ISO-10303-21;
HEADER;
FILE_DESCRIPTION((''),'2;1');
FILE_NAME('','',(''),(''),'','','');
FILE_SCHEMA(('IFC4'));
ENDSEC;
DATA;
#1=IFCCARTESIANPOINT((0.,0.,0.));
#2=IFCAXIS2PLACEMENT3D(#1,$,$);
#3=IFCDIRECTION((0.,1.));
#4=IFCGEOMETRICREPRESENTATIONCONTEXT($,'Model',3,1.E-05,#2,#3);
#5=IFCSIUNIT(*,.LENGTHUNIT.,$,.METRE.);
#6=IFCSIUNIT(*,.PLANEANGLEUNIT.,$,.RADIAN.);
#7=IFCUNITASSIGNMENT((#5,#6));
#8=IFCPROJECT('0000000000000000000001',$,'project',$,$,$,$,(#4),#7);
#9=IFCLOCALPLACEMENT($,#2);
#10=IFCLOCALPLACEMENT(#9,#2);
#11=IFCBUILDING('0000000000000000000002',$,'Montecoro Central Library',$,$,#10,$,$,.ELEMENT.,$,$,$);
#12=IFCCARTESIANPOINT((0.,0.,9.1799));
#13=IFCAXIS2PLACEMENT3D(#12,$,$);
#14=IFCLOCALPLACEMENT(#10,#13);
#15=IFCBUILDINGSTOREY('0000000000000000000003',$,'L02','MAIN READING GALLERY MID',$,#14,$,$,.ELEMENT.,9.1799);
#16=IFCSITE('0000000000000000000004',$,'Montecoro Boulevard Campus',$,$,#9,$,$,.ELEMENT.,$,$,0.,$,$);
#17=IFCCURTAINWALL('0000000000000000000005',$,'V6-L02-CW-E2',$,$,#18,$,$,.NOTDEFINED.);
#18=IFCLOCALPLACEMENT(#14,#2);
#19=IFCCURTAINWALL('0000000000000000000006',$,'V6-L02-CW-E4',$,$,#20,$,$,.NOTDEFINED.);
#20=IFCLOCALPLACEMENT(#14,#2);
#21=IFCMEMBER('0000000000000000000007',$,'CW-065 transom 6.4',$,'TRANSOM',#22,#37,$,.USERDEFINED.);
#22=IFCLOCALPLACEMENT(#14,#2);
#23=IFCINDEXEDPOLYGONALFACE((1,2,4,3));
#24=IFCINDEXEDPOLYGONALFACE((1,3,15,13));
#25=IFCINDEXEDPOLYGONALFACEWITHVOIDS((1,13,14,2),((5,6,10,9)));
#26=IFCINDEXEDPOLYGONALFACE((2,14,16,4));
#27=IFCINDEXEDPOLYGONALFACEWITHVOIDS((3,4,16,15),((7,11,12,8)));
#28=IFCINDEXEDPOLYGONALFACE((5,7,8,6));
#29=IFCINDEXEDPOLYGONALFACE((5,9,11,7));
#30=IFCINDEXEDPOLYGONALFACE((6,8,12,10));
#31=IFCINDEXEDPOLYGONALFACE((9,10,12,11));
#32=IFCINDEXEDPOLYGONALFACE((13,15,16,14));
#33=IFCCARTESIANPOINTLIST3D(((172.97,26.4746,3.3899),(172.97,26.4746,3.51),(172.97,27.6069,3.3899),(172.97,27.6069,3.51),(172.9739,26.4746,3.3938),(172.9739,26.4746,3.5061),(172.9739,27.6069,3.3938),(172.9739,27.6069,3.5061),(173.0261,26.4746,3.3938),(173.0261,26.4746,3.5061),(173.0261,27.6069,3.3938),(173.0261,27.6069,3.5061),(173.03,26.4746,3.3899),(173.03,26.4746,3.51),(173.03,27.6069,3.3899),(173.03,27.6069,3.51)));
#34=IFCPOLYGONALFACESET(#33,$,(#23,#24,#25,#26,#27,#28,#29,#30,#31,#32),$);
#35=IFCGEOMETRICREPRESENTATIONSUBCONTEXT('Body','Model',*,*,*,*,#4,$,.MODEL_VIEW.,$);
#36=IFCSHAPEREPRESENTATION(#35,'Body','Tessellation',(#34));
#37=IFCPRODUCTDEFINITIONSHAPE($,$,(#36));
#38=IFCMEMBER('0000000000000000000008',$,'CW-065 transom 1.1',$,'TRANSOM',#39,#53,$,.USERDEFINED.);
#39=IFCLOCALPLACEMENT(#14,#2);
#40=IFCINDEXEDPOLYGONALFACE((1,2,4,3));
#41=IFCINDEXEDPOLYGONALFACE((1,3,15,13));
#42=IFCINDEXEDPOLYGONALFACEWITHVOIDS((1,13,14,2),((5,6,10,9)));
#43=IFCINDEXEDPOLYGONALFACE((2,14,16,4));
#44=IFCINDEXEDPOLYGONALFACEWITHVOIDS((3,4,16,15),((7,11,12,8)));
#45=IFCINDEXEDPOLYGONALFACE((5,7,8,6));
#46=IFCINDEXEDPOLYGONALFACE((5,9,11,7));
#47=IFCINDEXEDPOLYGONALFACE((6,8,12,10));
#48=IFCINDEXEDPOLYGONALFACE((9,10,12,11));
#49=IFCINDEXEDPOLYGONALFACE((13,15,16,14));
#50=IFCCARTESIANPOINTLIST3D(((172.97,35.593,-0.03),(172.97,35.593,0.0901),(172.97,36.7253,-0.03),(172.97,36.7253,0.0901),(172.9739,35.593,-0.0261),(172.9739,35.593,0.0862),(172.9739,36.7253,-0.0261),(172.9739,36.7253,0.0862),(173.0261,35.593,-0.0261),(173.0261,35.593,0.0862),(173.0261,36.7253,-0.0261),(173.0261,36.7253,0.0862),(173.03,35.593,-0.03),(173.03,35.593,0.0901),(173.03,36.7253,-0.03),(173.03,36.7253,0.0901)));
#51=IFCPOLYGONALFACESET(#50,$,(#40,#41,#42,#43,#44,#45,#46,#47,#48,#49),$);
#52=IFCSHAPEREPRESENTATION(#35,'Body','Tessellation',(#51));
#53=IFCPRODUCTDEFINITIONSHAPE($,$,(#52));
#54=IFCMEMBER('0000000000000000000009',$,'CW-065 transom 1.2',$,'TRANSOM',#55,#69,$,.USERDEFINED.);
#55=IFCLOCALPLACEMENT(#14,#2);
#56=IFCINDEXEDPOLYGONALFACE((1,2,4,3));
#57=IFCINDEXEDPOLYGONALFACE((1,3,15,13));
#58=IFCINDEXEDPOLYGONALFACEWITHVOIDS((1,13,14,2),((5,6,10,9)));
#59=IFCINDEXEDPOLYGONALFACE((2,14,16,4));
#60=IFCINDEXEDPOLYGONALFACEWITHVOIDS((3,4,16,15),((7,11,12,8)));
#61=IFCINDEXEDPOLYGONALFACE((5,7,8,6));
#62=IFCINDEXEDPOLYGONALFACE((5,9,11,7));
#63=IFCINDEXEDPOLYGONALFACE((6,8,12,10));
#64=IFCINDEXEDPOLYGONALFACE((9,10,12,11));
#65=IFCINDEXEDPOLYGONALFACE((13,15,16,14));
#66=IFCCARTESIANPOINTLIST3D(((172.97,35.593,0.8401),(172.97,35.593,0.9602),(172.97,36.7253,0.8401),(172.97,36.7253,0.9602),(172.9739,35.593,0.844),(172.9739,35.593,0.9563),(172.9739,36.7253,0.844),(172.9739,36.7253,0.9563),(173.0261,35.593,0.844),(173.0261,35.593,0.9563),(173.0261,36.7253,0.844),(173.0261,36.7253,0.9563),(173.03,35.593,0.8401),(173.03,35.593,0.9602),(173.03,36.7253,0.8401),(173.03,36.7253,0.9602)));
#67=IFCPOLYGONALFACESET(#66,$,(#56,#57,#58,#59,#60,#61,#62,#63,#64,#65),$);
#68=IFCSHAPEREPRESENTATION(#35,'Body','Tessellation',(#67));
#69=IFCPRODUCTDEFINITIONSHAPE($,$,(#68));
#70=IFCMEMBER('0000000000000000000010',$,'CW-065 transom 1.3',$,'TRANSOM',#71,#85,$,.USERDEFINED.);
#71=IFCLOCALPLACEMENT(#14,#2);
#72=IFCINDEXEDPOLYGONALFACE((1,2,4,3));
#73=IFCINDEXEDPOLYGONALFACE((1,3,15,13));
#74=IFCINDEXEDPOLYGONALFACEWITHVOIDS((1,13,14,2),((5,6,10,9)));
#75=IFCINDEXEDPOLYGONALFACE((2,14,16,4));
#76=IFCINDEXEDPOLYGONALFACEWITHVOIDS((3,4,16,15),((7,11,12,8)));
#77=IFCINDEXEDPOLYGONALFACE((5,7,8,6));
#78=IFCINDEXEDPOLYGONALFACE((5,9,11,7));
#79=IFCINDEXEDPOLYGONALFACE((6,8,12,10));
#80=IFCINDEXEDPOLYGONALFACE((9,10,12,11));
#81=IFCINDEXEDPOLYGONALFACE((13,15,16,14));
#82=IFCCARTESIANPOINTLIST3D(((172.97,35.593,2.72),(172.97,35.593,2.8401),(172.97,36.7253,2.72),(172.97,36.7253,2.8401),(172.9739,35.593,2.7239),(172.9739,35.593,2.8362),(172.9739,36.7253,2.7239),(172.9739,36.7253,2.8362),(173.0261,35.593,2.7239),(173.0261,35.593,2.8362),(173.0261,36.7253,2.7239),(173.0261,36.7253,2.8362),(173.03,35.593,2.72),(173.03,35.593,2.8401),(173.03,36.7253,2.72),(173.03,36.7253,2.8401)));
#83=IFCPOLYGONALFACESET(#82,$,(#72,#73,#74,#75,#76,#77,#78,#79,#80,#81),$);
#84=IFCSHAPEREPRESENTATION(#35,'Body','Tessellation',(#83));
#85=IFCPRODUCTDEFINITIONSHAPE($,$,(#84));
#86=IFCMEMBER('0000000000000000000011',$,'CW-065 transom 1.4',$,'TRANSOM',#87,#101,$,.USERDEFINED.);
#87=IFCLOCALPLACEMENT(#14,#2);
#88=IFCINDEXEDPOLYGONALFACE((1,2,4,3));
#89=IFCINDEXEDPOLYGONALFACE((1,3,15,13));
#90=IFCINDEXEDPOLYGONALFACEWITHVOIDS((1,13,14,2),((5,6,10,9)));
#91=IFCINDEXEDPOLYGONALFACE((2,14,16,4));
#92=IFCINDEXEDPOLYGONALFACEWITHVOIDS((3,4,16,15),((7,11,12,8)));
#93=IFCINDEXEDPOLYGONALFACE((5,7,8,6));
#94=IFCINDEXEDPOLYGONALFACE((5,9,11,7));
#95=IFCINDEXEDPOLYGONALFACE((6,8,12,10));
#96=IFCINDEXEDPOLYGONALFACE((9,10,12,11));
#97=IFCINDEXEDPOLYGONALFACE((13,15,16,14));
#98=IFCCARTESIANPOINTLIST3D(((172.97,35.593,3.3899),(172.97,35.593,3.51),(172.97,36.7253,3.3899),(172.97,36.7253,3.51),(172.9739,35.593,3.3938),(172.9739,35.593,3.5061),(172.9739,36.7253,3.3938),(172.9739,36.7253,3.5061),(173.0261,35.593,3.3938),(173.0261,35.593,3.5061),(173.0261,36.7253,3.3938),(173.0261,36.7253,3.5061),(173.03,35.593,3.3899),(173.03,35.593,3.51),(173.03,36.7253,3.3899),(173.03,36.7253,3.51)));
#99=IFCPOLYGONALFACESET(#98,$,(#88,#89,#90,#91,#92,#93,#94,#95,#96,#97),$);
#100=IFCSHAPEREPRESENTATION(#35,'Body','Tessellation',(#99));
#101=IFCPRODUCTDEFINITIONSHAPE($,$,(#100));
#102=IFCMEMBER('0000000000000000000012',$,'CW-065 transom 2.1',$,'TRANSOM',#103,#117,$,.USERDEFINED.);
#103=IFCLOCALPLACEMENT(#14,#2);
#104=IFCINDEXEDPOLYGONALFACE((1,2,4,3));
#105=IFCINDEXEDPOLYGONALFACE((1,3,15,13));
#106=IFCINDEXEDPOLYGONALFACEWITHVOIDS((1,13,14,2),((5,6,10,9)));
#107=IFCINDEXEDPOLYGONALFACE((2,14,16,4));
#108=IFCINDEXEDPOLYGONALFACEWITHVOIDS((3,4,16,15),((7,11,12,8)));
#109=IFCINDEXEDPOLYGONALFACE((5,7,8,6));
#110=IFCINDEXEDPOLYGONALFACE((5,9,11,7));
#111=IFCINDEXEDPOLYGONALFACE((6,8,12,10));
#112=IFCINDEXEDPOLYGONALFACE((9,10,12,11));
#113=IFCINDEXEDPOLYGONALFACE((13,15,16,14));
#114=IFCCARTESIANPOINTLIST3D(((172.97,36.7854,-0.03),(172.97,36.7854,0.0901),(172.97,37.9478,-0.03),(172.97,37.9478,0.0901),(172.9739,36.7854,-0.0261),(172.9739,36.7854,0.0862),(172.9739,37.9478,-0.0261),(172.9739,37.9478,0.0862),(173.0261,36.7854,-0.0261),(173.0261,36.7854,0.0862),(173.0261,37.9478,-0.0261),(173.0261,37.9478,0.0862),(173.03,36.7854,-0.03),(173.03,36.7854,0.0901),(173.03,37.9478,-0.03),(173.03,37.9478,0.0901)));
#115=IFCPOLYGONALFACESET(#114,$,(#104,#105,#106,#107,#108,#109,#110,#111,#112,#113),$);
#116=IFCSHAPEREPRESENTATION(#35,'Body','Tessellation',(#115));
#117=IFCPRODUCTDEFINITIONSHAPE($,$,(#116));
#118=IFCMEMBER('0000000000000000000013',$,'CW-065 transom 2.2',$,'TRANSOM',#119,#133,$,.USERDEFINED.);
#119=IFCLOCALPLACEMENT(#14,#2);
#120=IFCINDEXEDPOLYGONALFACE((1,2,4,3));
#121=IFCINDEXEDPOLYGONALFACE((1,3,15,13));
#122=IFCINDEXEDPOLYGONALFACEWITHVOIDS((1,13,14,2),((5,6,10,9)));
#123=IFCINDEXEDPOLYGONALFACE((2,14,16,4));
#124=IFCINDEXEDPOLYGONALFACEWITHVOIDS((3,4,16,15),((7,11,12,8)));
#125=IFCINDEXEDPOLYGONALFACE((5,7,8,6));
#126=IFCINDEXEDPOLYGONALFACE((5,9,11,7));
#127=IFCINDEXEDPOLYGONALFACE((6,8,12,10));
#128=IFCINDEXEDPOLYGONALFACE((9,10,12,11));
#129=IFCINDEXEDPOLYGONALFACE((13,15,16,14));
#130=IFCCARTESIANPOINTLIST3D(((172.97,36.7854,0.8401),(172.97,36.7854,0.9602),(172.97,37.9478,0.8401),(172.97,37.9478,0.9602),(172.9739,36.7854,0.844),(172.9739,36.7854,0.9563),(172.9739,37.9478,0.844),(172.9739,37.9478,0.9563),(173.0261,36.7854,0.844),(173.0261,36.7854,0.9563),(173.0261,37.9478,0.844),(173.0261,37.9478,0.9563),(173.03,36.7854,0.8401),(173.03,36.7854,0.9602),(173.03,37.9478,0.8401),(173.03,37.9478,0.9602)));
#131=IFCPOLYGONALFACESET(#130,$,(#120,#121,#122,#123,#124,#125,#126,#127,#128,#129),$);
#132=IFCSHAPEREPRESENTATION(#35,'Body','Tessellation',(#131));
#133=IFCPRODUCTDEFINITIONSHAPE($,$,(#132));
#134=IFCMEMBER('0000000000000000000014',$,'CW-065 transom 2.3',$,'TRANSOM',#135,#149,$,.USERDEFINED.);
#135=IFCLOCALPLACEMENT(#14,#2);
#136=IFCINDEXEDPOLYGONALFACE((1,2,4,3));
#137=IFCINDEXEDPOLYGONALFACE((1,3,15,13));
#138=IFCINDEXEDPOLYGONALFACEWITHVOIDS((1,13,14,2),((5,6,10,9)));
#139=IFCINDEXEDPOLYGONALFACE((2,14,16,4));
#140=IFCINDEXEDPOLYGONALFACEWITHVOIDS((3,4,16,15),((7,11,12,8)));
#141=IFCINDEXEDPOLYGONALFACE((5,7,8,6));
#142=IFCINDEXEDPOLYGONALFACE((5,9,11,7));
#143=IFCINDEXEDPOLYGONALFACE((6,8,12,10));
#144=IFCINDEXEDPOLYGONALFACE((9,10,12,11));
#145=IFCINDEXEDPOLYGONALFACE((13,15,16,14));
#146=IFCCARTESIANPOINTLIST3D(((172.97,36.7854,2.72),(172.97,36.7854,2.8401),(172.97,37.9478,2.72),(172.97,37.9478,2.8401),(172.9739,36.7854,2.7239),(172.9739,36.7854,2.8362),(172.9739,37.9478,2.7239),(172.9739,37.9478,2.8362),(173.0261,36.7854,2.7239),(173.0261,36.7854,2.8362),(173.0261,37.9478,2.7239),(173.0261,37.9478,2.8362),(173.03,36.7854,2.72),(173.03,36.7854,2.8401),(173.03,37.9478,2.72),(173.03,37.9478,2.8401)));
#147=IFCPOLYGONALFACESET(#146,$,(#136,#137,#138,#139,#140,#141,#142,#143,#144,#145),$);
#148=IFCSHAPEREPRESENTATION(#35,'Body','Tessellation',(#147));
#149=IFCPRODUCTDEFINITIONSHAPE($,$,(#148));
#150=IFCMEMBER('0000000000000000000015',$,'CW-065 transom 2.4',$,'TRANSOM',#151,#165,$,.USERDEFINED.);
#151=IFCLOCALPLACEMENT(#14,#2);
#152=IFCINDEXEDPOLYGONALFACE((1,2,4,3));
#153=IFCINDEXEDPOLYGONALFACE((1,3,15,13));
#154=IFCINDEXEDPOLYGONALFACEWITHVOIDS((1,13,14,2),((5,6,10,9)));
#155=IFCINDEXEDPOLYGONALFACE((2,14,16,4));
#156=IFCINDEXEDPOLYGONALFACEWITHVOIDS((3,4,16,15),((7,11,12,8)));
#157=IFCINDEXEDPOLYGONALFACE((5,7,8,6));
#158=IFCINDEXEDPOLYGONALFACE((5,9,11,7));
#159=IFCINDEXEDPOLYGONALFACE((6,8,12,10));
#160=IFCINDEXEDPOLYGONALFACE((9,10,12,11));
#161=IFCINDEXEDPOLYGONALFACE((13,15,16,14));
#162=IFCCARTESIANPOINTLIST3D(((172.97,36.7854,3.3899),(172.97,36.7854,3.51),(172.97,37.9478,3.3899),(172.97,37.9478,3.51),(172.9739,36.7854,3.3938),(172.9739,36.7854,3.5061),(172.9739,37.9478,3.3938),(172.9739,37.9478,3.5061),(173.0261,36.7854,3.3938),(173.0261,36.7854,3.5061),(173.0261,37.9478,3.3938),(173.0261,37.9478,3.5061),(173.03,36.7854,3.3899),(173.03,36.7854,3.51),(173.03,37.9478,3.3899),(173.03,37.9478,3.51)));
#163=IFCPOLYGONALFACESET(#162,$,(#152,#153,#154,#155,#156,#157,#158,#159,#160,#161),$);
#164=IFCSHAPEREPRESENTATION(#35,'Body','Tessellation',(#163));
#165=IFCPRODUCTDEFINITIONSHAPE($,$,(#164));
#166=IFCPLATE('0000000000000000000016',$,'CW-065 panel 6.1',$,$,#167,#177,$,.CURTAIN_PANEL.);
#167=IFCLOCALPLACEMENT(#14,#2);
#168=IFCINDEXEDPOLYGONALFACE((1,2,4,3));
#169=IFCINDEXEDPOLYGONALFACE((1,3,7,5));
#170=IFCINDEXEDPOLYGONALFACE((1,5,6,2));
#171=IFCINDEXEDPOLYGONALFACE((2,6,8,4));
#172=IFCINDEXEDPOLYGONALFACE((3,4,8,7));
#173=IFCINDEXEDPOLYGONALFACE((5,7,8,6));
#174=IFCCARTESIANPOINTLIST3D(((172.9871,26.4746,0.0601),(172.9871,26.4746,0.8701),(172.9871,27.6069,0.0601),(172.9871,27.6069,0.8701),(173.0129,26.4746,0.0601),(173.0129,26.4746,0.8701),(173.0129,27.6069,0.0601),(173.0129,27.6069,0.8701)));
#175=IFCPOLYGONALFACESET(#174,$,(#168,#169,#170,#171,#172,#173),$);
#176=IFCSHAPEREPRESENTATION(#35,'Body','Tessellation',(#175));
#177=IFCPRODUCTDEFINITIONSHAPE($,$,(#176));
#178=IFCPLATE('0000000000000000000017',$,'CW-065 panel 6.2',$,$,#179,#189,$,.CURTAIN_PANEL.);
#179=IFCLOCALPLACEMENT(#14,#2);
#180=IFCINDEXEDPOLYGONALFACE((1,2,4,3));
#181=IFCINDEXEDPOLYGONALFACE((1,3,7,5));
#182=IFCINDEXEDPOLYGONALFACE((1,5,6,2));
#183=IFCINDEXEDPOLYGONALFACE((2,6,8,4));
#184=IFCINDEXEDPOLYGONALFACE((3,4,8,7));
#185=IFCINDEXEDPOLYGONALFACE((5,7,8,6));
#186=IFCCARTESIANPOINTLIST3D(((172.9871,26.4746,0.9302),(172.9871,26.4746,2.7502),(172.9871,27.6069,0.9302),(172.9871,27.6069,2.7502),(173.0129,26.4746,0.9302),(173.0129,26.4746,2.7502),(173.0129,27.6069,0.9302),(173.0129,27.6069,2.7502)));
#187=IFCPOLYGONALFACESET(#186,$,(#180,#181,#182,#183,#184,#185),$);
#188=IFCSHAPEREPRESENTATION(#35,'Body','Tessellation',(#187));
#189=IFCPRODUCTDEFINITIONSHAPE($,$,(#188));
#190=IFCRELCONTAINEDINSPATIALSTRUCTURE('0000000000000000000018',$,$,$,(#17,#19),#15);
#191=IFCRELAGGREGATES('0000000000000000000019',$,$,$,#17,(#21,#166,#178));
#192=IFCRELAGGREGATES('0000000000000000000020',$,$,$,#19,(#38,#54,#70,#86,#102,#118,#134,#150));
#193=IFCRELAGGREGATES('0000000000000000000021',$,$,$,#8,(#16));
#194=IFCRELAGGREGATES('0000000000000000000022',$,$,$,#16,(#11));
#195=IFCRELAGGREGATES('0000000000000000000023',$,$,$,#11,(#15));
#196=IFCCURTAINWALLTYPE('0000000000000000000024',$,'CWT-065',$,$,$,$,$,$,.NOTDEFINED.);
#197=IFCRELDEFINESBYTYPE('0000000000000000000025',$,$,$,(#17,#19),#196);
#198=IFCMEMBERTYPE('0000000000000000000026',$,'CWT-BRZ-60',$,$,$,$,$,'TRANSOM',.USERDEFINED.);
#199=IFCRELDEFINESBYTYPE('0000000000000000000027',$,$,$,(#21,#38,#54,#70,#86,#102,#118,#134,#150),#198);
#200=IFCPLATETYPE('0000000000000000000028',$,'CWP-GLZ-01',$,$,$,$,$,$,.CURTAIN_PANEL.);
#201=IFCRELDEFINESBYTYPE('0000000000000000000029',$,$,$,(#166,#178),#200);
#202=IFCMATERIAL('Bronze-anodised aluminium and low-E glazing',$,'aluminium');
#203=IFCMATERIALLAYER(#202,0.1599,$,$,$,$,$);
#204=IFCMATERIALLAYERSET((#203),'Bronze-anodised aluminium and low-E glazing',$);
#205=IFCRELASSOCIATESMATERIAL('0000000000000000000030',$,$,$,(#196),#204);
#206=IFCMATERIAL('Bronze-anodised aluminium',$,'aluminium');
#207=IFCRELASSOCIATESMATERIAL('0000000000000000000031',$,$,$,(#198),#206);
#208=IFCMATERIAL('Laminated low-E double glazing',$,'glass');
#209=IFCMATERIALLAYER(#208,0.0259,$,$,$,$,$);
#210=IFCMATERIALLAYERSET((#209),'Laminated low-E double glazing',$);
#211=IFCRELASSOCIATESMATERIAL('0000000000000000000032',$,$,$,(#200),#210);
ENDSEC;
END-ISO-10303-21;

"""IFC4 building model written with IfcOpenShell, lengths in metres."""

from ifc_helpers import new_model, si_unit, direction, frame, origin, origin_2d, place, context, subcontext, project, spatial, rectangle, hollow_rectangle, extrude, material, layer, layer_set, material_profile, profile_set, type_object, element, aggregate, save


model = new_model("IFC4")

# Units and contexts
model_context = context("Model", 3, precision=1e-05, world=origin(), true_north=direction((0.0, 1.0)))
body_context = subcontext(model_context, "Body", "Model", "MODEL_VIEW")
ifc_project = project(units=[si_unit("LENGTHUNIT", "METRE"), si_unit("PLANEANGLEUNIT", "RADIAN")], contexts=[model_context])

# Site, building, storey
site_placement = place(None, origin())
site = spatial("IfcSite", under=ifc_project, at=site_placement, Name="Montecoro Boulevard Campus", CompositionType="ELEMENT", RefElevation=0.0)
building_placement = place(site_placement, origin())
building = spatial("IfcBuilding", under=site, at=building_placement, Name="Montecoro Central Library", CompositionType="ELEMENT")
storey_placement = place(building_placement, frame((0.0, 0.0, 9.1799)))
storey = spatial("IfcBuildingStorey", under=building, at=storey_placement, Name="L02", Description="MAIN READING GALLERY MID", CompositionType="ELEMENT", Elevation=9.1799)

# Curtain wall
ifc_material_1 = material(Name="Bronze-anodised aluminium and low-E glazing", Category="aluminium")
ifc_layer_1 = layer(ifc_material_1, 0.1599)
ifc_layer_set_1 = layer_set([ifc_layer_1], Name="Bronze-anodised aluminium and low-E glazing")
curtain_wall_type = type_object("IfcCurtainWallType", Name="CWT-065", PredefinedType="NOTDEFINED", material=ifc_layer_set_1)
curtain_wall_1_placement = place(storey_placement, origin())
curtain_wall_1 = element("IfcCurtainWall", 1, at=curtain_wall_1_placement, inside=storey, type_object=curtain_wall_type, Name="V6-L02-CW-E2", PredefinedType="NOTDEFINED")
ifc_material_2 = material(Name="Bronze-anodised aluminium", Category="aluminium")

# Curtain wall
curtain_wall_2_placement = place(storey_placement, origin())
curtain_wall_2 = element("IfcCurtainWall", 2, at=curtain_wall_2_placement, inside=storey, type_object=curtain_wall_type, Name="V6-L02-CW-E4", PredefinedType="NOTDEFINED")

# Members
ifc_material_profile_1 = material_profile(ifc_material_2, hollow_rectangle(XDim=0.0601, YDim=0.1201, WallThickness=0.0039, at=origin_2d()), Name="CWT 120x60x4.0")
ifc_profile_set_1 = profile_set([ifc_material_profile_1], Name="Bronze-anodised aluminium")
member_type_1 = type_object("IfcMemberType", Name="CWT-BRZ-60", ElementType="TRANSOM", PredefinedType="USERDEFINED", material=ifc_profile_set_1)
member_1_placement = place(storey_placement, frame((173.0, 26.4746, 3.45), z_axis=(0.0, 1.0, 0.0), x_axis=(-1.0, 0.0, 0.0)))
member_1 = element("IfcMember", 3, at=member_1_placement, type_object=member_type_1, Name="CW-065 transom 6.4", ObjectType="TRANSOM", PredefinedType="USERDEFINED", context=body_context, shape_type="SweptSolid", body=[
    extrude(hollow_rectangle(XDim=0.0601, YDim=0.1201, WallThickness=0.0039, at=origin_2d()), origin(), (0.0, 0.0, 1.0), 1.1323),
])
member_2_placement = place(storey_placement, frame((173.0, 35.593, 0.03), z_axis=(0.0, 1.0, 0.0), x_axis=(-1.0, 0.0, 0.0)))
member_2 = element("IfcMember", 4, at=member_2_placement, type_object=member_type_1, Name="CW-065 transom 1.1", ObjectType="TRANSOM", PredefinedType="USERDEFINED", context=body_context, shape_type="SweptSolid", body=[
    extrude(hollow_rectangle(XDim=0.0601, YDim=0.1201, WallThickness=0.0039, at=origin_2d()), origin(), (0.0, 0.0, 1.0), 1.1323),
])
member_3_placement = place(storey_placement, frame((173.0, 35.593, 0.9001), z_axis=(0.0, 1.0, 0.0), x_axis=(-1.0, 0.0, 0.0)))
member_3 = element("IfcMember", 5, at=member_3_placement, type_object=member_type_1, Name="CW-065 transom 1.2", ObjectType="TRANSOM", PredefinedType="USERDEFINED", context=body_context, shape_type="SweptSolid", body=[
    extrude(hollow_rectangle(XDim=0.0601, YDim=0.1201, WallThickness=0.0039, at=origin_2d()), origin(), (0.0, 0.0, 1.0), 1.1323),
])
member_4_placement = place(storey_placement, frame((173.0, 35.593, 2.78), z_axis=(0.0, 1.0, 0.0), x_axis=(-1.0, 0.0, 0.0)))
member_4 = element("IfcMember", 6, at=member_4_placement, type_object=member_type_1, Name="CW-065 transom 1.3", ObjectType="TRANSOM", PredefinedType="USERDEFINED", context=body_context, shape_type="SweptSolid", body=[
    extrude(hollow_rectangle(XDim=0.0601, YDim=0.1201, WallThickness=0.0039, at=origin_2d()), origin(), (0.0, 0.0, 1.0), 1.1323),
])
member_5_placement = place(storey_placement, frame((173.0, 35.593, 3.45), z_axis=(0.0, 1.0, 0.0), x_axis=(-1.0, 0.0, 0.0)))
member_5 = element("IfcMember", 7, at=member_5_placement, type_object=member_type_1, Name="CW-065 transom 1.4", ObjectType="TRANSOM", PredefinedType="USERDEFINED", context=body_context, shape_type="SweptSolid", body=[
    extrude(hollow_rectangle(XDim=0.0601, YDim=0.1201, WallThickness=0.0039, at=origin_2d()), origin(), (0.0, 0.0, 1.0), 1.1323),
])
member_6_placement = place(storey_placement, frame((173.0, 36.7854, 0.03), z_axis=(0.0, 1.0, 0.0), x_axis=(-1.0, 0.0, 0.0)))
member_6 = element("IfcMember", 8, at=member_6_placement, type_object=member_type_1, Name="CW-065 transom 2.1", ObjectType="TRANSOM", PredefinedType="USERDEFINED", context=body_context, shape_type="SweptSolid", body=[
    extrude(hollow_rectangle(XDim=0.0601, YDim=0.1201, WallThickness=0.0039, at=origin_2d()), origin(), (0.0, 0.0, 1.0), 1.1624),
])
member_7_placement = place(storey_placement, frame((173.0, 36.7854, 0.9001), z_axis=(0.0, 1.0, 0.0), x_axis=(-1.0, 0.0, 0.0)))
member_7 = element("IfcMember", 9, at=member_7_placement, type_object=member_type_1, Name="CW-065 transom 2.2", ObjectType="TRANSOM", PredefinedType="USERDEFINED", context=body_context, shape_type="SweptSolid", body=[
    extrude(hollow_rectangle(XDim=0.0601, YDim=0.1201, WallThickness=0.0039, at=origin_2d()), origin(), (0.0, 0.0, 1.0), 1.1624),
])
member_8_placement = place(storey_placement, frame((173.0, 36.7854, 2.78), z_axis=(0.0, 1.0, 0.0), x_axis=(-1.0, 0.0, 0.0)))
member_8 = element("IfcMember", 10, at=member_8_placement, type_object=member_type_1, Name="CW-065 transom 2.3", ObjectType="TRANSOM", PredefinedType="USERDEFINED", context=body_context, shape_type="SweptSolid", body=[
    extrude(hollow_rectangle(XDim=0.0601, YDim=0.1201, WallThickness=0.0039, at=origin_2d()), origin(), (0.0, 0.0, 1.0), 1.1624),
])
member_9_placement = place(storey_placement, frame((173.0, 36.7854, 3.45), z_axis=(0.0, 1.0, 0.0), x_axis=(-1.0, 0.0, 0.0)))
member_9 = element("IfcMember", 11, at=member_9_placement, type_object=member_type_1, Name="CW-065 transom 2.4", ObjectType="TRANSOM", PredefinedType="USERDEFINED", context=body_context, shape_type="SweptSolid", body=[
    extrude(hollow_rectangle(XDim=0.0601, YDim=0.1201, WallThickness=0.0039, at=origin_2d()), origin(), (0.0, 0.0, 1.0), 1.1624),
])

# Plates
ifc_material_3 = material(Name="Laminated low-E double glazing", Category="glass")
ifc_layer_2 = layer(ifc_material_3, 0.0259)
ifc_layer_set_2 = layer_set([ifc_layer_2], Name="Laminated low-E double glazing")
plate_type_1 = type_object("IfcPlateType", Name="CWP-GLZ-01", PredefinedType="CURTAIN_PANEL", material=ifc_layer_set_2)
plate_1_placement = place(storey_placement, frame((173.0, 27.0408, 0.0601), z_axis=(0.0, 0.0, 1.0), x_axis=(0.0, 1.0, 0.0)))
plate_1 = element("IfcPlate", 12, at=plate_1_placement, type_object=plate_type_1, Name="CW-065 panel 6.1", PredefinedType="CURTAIN_PANEL", context=body_context, shape_type="SweptSolid", body=[
    extrude(rectangle(XDim=1.1323, YDim=0.0259, at=origin_2d()), origin(), (0.0, 0.0, 1.0), 0.8101),
])
plate_2_placement = place(storey_placement, frame((173.0, 27.0408, 0.9302), z_axis=(0.0, 0.0, 1.0), x_axis=(0.0, 1.0, 0.0)))
plate_2 = element("IfcPlate", 13, at=plate_2_placement, type_object=plate_type_1, Name="CW-065 panel 6.2", PredefinedType="CURTAIN_PANEL", context=body_context, shape_type="SweptSolid", body=[
    extrude(rectangle(XDim=1.1323, YDim=0.0259, at=origin_2d()), origin(), (0.0, 0.0, 1.0), 1.8201),
])
aggregate(curtain_wall_1, [member_1, plate_1, plate_2])
aggregate(curtain_wall_2, [member_2, member_3, member_4, member_5, member_6, member_7, member_8, member_9])

save(model, "model.ifc")
